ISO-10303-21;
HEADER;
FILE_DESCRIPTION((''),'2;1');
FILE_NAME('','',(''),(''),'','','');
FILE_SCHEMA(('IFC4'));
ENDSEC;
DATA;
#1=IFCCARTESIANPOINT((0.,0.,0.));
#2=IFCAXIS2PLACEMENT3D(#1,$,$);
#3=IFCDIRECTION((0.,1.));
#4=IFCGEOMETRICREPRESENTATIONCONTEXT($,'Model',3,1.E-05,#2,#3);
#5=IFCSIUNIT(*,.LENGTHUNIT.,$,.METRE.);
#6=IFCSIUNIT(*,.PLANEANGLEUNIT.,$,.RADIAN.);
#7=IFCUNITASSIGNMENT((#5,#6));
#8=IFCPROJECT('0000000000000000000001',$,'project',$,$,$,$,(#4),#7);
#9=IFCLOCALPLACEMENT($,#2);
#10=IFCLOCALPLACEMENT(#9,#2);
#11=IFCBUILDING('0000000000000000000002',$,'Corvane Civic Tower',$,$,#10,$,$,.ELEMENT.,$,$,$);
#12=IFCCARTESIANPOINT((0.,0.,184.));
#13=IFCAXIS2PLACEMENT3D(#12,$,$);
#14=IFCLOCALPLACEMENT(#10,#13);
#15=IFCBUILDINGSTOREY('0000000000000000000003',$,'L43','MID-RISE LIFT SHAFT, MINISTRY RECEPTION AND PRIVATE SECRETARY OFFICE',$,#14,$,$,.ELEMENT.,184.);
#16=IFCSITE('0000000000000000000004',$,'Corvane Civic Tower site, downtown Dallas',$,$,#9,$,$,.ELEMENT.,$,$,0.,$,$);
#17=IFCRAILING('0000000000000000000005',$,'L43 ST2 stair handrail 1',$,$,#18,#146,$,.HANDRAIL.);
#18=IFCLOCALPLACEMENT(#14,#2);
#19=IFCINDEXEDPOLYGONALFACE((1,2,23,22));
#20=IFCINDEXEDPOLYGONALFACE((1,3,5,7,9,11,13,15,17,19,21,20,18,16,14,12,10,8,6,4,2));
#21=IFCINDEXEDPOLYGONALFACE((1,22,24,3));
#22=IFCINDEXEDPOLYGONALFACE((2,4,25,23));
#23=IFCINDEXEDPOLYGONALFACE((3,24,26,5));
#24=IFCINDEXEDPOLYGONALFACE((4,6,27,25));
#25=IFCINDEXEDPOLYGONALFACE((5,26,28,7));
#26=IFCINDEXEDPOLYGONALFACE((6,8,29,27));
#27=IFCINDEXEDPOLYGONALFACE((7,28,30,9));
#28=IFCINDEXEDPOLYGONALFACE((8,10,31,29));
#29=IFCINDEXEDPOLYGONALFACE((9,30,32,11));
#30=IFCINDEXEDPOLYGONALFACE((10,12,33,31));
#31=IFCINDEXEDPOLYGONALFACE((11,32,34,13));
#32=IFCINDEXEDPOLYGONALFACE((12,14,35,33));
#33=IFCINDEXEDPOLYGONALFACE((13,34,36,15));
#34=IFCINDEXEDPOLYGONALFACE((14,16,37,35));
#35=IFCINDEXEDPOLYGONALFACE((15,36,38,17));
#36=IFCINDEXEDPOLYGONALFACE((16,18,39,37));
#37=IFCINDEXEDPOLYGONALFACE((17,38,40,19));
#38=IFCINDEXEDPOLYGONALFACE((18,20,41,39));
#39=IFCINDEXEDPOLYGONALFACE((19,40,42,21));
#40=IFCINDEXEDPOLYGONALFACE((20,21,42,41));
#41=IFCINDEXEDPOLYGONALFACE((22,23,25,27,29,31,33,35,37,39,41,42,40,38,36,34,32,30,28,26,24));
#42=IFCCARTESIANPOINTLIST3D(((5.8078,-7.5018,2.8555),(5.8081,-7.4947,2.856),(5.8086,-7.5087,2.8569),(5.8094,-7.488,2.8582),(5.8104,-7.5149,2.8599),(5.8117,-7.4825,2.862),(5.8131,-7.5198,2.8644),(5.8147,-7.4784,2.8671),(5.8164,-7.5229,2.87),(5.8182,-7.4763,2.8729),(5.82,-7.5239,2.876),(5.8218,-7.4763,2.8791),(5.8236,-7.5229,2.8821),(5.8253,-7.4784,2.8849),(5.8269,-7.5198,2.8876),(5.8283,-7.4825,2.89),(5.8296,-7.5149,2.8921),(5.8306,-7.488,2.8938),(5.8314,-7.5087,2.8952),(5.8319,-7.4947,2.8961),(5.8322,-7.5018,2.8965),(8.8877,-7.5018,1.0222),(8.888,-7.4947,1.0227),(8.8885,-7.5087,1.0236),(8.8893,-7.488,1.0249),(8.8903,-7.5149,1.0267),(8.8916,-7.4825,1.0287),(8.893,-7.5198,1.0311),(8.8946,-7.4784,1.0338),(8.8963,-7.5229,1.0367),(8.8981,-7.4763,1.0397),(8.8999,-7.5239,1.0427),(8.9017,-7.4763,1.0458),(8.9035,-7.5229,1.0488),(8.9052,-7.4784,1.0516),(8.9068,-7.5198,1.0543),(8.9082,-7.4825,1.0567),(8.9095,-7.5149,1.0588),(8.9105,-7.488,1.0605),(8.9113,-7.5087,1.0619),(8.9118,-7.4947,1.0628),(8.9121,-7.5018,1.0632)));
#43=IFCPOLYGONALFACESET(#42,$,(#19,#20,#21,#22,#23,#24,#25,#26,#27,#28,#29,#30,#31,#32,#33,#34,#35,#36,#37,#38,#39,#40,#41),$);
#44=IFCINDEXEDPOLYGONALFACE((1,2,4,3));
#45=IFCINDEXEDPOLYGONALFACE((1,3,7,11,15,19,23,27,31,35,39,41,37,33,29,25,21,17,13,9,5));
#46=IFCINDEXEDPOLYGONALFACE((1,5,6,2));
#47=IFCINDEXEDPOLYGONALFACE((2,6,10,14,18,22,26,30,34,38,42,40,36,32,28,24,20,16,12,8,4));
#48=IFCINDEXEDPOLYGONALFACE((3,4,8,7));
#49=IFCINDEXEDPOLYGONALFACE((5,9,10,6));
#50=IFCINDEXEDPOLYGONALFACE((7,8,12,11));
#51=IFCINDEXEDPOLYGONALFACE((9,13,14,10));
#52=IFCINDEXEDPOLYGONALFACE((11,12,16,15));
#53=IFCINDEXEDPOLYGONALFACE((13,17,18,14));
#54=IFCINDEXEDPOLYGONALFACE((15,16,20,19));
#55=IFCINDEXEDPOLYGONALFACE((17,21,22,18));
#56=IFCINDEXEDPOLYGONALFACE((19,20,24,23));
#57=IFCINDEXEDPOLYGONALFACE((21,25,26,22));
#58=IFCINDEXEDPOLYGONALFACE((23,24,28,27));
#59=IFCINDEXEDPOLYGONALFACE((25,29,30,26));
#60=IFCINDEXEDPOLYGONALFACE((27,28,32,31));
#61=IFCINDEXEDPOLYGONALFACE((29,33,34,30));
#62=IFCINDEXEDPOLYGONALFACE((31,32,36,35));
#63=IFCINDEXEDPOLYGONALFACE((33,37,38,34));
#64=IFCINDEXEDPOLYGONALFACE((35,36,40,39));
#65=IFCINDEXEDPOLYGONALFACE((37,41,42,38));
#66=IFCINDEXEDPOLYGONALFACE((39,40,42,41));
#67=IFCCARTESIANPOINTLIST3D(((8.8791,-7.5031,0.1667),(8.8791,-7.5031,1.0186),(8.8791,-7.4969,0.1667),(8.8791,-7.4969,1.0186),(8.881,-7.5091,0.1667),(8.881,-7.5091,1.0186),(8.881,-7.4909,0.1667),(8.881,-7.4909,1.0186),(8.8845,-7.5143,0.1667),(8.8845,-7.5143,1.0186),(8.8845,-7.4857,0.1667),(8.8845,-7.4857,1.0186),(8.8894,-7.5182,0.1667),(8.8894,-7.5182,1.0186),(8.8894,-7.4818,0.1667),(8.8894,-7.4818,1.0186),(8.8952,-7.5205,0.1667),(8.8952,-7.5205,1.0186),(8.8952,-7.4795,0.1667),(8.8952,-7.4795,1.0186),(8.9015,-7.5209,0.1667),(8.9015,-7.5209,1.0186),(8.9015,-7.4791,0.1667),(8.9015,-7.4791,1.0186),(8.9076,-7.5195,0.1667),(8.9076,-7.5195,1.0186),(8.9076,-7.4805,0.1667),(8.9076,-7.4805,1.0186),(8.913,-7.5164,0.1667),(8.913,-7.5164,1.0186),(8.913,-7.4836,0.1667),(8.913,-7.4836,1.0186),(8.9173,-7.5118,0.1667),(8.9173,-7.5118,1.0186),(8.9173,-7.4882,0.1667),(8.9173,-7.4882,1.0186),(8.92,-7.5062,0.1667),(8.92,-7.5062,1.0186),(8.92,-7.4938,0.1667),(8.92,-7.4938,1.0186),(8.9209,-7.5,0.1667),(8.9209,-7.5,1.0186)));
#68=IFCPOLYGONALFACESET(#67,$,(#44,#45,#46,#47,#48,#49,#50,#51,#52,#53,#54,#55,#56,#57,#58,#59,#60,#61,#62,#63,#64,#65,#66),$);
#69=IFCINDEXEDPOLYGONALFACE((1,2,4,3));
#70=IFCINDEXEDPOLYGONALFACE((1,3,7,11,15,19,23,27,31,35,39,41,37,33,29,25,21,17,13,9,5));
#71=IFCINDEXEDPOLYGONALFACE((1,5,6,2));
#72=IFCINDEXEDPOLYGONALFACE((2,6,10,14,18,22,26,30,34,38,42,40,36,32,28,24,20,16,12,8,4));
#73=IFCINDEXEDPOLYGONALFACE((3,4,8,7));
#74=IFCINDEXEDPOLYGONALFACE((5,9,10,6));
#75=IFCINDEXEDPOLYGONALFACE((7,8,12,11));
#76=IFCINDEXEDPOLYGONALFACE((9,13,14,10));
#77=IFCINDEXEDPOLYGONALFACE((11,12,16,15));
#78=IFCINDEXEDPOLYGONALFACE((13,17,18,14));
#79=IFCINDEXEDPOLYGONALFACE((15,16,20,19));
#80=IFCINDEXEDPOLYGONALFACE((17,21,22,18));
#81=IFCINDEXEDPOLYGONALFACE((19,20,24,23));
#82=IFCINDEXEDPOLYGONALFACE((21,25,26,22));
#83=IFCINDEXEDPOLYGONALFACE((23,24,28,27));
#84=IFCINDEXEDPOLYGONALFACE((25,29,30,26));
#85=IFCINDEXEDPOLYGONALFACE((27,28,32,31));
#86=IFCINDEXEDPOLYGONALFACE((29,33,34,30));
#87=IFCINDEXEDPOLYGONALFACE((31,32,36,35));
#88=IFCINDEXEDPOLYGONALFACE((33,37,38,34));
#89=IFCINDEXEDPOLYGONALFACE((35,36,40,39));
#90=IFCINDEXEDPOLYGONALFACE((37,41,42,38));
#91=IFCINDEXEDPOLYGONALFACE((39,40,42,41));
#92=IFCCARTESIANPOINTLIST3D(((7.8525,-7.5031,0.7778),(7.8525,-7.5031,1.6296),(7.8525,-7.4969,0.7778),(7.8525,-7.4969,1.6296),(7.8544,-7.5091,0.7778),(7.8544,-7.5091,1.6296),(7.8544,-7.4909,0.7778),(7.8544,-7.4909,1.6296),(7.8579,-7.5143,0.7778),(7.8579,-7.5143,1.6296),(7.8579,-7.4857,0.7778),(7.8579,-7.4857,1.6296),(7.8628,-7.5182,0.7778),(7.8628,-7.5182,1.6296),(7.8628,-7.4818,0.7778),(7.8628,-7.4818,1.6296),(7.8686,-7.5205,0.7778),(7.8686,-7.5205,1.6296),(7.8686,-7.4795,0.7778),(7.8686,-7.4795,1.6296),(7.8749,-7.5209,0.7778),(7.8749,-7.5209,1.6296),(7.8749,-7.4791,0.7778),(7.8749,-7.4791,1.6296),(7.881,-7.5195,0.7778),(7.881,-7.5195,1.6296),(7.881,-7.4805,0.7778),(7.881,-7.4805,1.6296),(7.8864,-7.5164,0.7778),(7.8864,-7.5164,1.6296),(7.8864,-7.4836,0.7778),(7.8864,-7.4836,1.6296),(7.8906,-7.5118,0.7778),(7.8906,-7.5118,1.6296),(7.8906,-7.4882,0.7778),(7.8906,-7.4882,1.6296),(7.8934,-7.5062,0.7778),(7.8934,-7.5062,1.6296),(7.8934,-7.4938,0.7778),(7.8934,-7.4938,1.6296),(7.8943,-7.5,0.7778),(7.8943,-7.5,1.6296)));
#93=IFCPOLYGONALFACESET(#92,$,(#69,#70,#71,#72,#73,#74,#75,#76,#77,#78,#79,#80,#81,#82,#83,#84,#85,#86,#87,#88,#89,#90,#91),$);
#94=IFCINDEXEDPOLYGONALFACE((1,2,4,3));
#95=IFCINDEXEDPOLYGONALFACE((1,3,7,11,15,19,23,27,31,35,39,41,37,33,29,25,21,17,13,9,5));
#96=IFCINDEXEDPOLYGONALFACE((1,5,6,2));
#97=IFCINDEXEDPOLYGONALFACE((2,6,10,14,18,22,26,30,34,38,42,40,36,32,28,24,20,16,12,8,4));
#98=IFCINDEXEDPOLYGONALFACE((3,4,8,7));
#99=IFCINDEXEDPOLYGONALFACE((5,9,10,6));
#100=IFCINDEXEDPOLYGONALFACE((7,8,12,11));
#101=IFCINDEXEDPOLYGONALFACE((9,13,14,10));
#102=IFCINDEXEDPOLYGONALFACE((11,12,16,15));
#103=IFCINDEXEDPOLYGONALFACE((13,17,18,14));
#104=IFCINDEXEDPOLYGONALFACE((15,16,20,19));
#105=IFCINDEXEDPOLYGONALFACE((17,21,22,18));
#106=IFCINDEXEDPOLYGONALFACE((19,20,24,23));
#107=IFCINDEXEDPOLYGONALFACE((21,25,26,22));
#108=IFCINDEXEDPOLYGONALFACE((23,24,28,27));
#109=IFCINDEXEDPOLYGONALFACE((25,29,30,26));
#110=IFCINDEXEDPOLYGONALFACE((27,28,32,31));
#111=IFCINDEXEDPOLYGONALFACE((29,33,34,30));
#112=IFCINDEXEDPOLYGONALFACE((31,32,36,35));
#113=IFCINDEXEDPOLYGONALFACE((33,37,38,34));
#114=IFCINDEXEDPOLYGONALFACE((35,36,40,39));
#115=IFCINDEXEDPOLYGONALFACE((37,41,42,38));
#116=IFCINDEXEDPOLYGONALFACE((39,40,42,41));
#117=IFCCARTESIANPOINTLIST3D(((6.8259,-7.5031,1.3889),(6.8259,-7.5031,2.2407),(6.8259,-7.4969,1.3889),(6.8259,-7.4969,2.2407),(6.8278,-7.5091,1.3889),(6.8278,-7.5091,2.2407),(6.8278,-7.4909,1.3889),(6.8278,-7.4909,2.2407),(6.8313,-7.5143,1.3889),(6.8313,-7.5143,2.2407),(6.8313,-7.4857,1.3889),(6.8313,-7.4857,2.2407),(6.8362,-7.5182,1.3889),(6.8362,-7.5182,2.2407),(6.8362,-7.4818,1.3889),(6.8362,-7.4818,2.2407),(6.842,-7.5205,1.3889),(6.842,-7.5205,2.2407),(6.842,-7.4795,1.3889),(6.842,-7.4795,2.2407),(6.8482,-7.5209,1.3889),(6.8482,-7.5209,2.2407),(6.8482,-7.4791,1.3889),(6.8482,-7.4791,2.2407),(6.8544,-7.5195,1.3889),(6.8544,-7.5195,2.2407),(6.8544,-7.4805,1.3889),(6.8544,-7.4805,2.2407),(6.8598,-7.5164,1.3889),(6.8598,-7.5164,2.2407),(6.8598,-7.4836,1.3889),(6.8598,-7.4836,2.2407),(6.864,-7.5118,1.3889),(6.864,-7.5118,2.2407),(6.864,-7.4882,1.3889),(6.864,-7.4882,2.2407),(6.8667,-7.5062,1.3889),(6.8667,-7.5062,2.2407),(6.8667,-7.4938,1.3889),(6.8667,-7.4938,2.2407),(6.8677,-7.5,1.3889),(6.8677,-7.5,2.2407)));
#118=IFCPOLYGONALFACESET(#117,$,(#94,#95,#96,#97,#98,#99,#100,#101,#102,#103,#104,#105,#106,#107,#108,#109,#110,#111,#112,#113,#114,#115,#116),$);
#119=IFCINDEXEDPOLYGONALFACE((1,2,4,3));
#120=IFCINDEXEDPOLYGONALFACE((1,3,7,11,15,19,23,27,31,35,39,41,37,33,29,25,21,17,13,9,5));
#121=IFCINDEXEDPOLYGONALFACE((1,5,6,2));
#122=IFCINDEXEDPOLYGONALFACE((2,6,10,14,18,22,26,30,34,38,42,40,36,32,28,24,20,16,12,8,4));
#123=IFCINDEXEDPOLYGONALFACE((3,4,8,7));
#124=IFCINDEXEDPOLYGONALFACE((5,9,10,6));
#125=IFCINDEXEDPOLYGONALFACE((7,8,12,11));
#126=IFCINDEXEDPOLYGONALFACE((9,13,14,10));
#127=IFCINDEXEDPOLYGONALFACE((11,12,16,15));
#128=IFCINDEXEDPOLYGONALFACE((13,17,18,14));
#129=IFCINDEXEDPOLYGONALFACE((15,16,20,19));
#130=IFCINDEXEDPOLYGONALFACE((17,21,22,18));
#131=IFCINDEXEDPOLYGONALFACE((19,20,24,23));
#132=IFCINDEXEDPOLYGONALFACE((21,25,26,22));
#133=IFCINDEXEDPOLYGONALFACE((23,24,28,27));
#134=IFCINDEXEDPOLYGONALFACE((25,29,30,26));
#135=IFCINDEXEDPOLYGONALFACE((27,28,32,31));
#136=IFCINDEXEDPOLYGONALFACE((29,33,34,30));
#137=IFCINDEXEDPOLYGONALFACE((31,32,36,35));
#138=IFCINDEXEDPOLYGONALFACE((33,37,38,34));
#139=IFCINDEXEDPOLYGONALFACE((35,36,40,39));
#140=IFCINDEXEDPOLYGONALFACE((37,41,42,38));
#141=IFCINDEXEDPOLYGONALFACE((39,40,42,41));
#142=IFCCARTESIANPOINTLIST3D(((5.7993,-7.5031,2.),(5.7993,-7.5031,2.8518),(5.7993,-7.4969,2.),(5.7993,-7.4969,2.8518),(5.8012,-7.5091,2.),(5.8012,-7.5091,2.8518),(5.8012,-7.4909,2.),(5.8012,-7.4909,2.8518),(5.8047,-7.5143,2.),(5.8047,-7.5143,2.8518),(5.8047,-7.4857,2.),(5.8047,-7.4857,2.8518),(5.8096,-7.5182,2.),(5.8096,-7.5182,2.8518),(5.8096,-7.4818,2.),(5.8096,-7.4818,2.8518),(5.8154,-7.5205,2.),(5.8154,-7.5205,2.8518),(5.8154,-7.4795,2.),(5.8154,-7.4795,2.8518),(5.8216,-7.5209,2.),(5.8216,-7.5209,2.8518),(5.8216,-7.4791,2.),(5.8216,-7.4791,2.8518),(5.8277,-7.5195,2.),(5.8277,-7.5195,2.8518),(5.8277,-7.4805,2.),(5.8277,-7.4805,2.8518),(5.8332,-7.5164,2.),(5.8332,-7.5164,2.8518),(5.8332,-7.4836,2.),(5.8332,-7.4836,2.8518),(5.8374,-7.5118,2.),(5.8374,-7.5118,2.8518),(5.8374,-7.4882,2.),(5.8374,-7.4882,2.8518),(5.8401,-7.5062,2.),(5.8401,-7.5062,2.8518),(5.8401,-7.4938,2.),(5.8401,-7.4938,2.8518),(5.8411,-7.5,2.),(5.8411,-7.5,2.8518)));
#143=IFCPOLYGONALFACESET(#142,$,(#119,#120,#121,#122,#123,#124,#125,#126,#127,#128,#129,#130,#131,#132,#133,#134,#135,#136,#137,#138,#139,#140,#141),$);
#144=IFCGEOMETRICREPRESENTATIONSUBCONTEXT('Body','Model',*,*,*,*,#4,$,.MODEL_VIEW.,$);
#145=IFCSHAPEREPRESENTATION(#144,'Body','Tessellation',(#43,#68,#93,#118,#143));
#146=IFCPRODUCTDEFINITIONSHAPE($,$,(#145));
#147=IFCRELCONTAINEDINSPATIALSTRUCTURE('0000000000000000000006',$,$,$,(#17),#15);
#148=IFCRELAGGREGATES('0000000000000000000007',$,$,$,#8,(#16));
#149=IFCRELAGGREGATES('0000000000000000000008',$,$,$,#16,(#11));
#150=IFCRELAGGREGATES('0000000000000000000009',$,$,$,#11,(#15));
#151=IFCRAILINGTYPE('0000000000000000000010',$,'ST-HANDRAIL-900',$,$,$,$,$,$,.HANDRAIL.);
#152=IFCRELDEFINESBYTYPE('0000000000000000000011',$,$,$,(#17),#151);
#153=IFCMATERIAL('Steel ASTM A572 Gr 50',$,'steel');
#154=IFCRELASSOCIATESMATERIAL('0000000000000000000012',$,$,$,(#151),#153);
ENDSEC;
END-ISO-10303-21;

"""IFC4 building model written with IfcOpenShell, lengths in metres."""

from ifc_helpers import new_model, si_unit, direction, frame, origin, origin_2d, place, context, subcontext, project, spatial, circle, extrude, material, type_object, element, save


model = new_model("IFC4")

# Units and contexts
model_context = context("Model", 3, precision=1e-05, world=origin(), true_north=direction((0.0, 1.0)))
body_context = subcontext(model_context, "Body", "Model", "MODEL_VIEW")
ifc_project = project(units=[si_unit("LENGTHUNIT", "METRE"), si_unit("PLANEANGLEUNIT", "RADIAN")], contexts=[model_context])

# Site, building, storey
site_placement = place(None, origin())
site = spatial("IfcSite", under=ifc_project, at=site_placement, Name="Corvane Civic Tower site, downtown Dallas", CompositionType="ELEMENT", RefElevation=0.0)
building_placement = place(site_placement, origin())
building = spatial("IfcBuilding", under=site, at=building_placement, Name="Corvane Civic Tower", CompositionType="ELEMENT")
storey_placement = place(building_placement, frame((0.0, 0.0, 184.0)))
storey = spatial("IfcBuildingStorey", under=building, at=storey_placement, Name="L43", Description="MID-RISE LIFT SHAFT, MINISTRY RECEPTION AND PRIVATE SECRETARY OFFICE", CompositionType="ELEMENT", Elevation=184.0)

# Railing
ifc_material_1 = material(Name="Steel ASTM A572 Gr 50", Category="steel")
railing_type_1 = type_object("IfcRailingType", Name="ST-HANDRAIL-900", PredefinedType="HANDRAIL", material=ifc_material_1)
railing_1_placement = place(storey_placement, frame((8.8999, -7.5, 0.1667)))
element("IfcRailing", 1, at=railing_1_placement, inside=storey, type_object=railing_type_1, Name="L43 ST2 stair handrail 1", PredefinedType="HANDRAIL", context=body_context, shape_type="SweptSolid", body=[
    extrude(circle(Radius=0.0239, at=origin_2d()), frame((0.0, 0.0, 0.876), z_axis=(-0.859291, 0.0, 0.511487), x_axis=(0.0, -1.0, 0.0)), (0.0, 0.0, 1.0), 3.5842),
    extrude(circle(Radius=0.021, at=origin_2d()), origin(), (0.0, 0.0, 1.0), 0.8518),
    extrude(circle(Radius=0.021, at=origin_2d()), frame((-1.0266, 0.0, 0.6111)), (0.0, 0.0, 1.0), 0.8518),
    extrude(circle(Radius=0.021, at=origin_2d()), frame((-2.0532, 0.0, 1.2222)), (0.0, 0.0, 1.0), 0.8518),
    extrude(circle(Radius=0.021, at=origin_2d()), frame((-3.0798, 0.0, 1.8333)), (0.0, 0.0, 1.0), 0.8518),
])

save(model, "model.ifc")
